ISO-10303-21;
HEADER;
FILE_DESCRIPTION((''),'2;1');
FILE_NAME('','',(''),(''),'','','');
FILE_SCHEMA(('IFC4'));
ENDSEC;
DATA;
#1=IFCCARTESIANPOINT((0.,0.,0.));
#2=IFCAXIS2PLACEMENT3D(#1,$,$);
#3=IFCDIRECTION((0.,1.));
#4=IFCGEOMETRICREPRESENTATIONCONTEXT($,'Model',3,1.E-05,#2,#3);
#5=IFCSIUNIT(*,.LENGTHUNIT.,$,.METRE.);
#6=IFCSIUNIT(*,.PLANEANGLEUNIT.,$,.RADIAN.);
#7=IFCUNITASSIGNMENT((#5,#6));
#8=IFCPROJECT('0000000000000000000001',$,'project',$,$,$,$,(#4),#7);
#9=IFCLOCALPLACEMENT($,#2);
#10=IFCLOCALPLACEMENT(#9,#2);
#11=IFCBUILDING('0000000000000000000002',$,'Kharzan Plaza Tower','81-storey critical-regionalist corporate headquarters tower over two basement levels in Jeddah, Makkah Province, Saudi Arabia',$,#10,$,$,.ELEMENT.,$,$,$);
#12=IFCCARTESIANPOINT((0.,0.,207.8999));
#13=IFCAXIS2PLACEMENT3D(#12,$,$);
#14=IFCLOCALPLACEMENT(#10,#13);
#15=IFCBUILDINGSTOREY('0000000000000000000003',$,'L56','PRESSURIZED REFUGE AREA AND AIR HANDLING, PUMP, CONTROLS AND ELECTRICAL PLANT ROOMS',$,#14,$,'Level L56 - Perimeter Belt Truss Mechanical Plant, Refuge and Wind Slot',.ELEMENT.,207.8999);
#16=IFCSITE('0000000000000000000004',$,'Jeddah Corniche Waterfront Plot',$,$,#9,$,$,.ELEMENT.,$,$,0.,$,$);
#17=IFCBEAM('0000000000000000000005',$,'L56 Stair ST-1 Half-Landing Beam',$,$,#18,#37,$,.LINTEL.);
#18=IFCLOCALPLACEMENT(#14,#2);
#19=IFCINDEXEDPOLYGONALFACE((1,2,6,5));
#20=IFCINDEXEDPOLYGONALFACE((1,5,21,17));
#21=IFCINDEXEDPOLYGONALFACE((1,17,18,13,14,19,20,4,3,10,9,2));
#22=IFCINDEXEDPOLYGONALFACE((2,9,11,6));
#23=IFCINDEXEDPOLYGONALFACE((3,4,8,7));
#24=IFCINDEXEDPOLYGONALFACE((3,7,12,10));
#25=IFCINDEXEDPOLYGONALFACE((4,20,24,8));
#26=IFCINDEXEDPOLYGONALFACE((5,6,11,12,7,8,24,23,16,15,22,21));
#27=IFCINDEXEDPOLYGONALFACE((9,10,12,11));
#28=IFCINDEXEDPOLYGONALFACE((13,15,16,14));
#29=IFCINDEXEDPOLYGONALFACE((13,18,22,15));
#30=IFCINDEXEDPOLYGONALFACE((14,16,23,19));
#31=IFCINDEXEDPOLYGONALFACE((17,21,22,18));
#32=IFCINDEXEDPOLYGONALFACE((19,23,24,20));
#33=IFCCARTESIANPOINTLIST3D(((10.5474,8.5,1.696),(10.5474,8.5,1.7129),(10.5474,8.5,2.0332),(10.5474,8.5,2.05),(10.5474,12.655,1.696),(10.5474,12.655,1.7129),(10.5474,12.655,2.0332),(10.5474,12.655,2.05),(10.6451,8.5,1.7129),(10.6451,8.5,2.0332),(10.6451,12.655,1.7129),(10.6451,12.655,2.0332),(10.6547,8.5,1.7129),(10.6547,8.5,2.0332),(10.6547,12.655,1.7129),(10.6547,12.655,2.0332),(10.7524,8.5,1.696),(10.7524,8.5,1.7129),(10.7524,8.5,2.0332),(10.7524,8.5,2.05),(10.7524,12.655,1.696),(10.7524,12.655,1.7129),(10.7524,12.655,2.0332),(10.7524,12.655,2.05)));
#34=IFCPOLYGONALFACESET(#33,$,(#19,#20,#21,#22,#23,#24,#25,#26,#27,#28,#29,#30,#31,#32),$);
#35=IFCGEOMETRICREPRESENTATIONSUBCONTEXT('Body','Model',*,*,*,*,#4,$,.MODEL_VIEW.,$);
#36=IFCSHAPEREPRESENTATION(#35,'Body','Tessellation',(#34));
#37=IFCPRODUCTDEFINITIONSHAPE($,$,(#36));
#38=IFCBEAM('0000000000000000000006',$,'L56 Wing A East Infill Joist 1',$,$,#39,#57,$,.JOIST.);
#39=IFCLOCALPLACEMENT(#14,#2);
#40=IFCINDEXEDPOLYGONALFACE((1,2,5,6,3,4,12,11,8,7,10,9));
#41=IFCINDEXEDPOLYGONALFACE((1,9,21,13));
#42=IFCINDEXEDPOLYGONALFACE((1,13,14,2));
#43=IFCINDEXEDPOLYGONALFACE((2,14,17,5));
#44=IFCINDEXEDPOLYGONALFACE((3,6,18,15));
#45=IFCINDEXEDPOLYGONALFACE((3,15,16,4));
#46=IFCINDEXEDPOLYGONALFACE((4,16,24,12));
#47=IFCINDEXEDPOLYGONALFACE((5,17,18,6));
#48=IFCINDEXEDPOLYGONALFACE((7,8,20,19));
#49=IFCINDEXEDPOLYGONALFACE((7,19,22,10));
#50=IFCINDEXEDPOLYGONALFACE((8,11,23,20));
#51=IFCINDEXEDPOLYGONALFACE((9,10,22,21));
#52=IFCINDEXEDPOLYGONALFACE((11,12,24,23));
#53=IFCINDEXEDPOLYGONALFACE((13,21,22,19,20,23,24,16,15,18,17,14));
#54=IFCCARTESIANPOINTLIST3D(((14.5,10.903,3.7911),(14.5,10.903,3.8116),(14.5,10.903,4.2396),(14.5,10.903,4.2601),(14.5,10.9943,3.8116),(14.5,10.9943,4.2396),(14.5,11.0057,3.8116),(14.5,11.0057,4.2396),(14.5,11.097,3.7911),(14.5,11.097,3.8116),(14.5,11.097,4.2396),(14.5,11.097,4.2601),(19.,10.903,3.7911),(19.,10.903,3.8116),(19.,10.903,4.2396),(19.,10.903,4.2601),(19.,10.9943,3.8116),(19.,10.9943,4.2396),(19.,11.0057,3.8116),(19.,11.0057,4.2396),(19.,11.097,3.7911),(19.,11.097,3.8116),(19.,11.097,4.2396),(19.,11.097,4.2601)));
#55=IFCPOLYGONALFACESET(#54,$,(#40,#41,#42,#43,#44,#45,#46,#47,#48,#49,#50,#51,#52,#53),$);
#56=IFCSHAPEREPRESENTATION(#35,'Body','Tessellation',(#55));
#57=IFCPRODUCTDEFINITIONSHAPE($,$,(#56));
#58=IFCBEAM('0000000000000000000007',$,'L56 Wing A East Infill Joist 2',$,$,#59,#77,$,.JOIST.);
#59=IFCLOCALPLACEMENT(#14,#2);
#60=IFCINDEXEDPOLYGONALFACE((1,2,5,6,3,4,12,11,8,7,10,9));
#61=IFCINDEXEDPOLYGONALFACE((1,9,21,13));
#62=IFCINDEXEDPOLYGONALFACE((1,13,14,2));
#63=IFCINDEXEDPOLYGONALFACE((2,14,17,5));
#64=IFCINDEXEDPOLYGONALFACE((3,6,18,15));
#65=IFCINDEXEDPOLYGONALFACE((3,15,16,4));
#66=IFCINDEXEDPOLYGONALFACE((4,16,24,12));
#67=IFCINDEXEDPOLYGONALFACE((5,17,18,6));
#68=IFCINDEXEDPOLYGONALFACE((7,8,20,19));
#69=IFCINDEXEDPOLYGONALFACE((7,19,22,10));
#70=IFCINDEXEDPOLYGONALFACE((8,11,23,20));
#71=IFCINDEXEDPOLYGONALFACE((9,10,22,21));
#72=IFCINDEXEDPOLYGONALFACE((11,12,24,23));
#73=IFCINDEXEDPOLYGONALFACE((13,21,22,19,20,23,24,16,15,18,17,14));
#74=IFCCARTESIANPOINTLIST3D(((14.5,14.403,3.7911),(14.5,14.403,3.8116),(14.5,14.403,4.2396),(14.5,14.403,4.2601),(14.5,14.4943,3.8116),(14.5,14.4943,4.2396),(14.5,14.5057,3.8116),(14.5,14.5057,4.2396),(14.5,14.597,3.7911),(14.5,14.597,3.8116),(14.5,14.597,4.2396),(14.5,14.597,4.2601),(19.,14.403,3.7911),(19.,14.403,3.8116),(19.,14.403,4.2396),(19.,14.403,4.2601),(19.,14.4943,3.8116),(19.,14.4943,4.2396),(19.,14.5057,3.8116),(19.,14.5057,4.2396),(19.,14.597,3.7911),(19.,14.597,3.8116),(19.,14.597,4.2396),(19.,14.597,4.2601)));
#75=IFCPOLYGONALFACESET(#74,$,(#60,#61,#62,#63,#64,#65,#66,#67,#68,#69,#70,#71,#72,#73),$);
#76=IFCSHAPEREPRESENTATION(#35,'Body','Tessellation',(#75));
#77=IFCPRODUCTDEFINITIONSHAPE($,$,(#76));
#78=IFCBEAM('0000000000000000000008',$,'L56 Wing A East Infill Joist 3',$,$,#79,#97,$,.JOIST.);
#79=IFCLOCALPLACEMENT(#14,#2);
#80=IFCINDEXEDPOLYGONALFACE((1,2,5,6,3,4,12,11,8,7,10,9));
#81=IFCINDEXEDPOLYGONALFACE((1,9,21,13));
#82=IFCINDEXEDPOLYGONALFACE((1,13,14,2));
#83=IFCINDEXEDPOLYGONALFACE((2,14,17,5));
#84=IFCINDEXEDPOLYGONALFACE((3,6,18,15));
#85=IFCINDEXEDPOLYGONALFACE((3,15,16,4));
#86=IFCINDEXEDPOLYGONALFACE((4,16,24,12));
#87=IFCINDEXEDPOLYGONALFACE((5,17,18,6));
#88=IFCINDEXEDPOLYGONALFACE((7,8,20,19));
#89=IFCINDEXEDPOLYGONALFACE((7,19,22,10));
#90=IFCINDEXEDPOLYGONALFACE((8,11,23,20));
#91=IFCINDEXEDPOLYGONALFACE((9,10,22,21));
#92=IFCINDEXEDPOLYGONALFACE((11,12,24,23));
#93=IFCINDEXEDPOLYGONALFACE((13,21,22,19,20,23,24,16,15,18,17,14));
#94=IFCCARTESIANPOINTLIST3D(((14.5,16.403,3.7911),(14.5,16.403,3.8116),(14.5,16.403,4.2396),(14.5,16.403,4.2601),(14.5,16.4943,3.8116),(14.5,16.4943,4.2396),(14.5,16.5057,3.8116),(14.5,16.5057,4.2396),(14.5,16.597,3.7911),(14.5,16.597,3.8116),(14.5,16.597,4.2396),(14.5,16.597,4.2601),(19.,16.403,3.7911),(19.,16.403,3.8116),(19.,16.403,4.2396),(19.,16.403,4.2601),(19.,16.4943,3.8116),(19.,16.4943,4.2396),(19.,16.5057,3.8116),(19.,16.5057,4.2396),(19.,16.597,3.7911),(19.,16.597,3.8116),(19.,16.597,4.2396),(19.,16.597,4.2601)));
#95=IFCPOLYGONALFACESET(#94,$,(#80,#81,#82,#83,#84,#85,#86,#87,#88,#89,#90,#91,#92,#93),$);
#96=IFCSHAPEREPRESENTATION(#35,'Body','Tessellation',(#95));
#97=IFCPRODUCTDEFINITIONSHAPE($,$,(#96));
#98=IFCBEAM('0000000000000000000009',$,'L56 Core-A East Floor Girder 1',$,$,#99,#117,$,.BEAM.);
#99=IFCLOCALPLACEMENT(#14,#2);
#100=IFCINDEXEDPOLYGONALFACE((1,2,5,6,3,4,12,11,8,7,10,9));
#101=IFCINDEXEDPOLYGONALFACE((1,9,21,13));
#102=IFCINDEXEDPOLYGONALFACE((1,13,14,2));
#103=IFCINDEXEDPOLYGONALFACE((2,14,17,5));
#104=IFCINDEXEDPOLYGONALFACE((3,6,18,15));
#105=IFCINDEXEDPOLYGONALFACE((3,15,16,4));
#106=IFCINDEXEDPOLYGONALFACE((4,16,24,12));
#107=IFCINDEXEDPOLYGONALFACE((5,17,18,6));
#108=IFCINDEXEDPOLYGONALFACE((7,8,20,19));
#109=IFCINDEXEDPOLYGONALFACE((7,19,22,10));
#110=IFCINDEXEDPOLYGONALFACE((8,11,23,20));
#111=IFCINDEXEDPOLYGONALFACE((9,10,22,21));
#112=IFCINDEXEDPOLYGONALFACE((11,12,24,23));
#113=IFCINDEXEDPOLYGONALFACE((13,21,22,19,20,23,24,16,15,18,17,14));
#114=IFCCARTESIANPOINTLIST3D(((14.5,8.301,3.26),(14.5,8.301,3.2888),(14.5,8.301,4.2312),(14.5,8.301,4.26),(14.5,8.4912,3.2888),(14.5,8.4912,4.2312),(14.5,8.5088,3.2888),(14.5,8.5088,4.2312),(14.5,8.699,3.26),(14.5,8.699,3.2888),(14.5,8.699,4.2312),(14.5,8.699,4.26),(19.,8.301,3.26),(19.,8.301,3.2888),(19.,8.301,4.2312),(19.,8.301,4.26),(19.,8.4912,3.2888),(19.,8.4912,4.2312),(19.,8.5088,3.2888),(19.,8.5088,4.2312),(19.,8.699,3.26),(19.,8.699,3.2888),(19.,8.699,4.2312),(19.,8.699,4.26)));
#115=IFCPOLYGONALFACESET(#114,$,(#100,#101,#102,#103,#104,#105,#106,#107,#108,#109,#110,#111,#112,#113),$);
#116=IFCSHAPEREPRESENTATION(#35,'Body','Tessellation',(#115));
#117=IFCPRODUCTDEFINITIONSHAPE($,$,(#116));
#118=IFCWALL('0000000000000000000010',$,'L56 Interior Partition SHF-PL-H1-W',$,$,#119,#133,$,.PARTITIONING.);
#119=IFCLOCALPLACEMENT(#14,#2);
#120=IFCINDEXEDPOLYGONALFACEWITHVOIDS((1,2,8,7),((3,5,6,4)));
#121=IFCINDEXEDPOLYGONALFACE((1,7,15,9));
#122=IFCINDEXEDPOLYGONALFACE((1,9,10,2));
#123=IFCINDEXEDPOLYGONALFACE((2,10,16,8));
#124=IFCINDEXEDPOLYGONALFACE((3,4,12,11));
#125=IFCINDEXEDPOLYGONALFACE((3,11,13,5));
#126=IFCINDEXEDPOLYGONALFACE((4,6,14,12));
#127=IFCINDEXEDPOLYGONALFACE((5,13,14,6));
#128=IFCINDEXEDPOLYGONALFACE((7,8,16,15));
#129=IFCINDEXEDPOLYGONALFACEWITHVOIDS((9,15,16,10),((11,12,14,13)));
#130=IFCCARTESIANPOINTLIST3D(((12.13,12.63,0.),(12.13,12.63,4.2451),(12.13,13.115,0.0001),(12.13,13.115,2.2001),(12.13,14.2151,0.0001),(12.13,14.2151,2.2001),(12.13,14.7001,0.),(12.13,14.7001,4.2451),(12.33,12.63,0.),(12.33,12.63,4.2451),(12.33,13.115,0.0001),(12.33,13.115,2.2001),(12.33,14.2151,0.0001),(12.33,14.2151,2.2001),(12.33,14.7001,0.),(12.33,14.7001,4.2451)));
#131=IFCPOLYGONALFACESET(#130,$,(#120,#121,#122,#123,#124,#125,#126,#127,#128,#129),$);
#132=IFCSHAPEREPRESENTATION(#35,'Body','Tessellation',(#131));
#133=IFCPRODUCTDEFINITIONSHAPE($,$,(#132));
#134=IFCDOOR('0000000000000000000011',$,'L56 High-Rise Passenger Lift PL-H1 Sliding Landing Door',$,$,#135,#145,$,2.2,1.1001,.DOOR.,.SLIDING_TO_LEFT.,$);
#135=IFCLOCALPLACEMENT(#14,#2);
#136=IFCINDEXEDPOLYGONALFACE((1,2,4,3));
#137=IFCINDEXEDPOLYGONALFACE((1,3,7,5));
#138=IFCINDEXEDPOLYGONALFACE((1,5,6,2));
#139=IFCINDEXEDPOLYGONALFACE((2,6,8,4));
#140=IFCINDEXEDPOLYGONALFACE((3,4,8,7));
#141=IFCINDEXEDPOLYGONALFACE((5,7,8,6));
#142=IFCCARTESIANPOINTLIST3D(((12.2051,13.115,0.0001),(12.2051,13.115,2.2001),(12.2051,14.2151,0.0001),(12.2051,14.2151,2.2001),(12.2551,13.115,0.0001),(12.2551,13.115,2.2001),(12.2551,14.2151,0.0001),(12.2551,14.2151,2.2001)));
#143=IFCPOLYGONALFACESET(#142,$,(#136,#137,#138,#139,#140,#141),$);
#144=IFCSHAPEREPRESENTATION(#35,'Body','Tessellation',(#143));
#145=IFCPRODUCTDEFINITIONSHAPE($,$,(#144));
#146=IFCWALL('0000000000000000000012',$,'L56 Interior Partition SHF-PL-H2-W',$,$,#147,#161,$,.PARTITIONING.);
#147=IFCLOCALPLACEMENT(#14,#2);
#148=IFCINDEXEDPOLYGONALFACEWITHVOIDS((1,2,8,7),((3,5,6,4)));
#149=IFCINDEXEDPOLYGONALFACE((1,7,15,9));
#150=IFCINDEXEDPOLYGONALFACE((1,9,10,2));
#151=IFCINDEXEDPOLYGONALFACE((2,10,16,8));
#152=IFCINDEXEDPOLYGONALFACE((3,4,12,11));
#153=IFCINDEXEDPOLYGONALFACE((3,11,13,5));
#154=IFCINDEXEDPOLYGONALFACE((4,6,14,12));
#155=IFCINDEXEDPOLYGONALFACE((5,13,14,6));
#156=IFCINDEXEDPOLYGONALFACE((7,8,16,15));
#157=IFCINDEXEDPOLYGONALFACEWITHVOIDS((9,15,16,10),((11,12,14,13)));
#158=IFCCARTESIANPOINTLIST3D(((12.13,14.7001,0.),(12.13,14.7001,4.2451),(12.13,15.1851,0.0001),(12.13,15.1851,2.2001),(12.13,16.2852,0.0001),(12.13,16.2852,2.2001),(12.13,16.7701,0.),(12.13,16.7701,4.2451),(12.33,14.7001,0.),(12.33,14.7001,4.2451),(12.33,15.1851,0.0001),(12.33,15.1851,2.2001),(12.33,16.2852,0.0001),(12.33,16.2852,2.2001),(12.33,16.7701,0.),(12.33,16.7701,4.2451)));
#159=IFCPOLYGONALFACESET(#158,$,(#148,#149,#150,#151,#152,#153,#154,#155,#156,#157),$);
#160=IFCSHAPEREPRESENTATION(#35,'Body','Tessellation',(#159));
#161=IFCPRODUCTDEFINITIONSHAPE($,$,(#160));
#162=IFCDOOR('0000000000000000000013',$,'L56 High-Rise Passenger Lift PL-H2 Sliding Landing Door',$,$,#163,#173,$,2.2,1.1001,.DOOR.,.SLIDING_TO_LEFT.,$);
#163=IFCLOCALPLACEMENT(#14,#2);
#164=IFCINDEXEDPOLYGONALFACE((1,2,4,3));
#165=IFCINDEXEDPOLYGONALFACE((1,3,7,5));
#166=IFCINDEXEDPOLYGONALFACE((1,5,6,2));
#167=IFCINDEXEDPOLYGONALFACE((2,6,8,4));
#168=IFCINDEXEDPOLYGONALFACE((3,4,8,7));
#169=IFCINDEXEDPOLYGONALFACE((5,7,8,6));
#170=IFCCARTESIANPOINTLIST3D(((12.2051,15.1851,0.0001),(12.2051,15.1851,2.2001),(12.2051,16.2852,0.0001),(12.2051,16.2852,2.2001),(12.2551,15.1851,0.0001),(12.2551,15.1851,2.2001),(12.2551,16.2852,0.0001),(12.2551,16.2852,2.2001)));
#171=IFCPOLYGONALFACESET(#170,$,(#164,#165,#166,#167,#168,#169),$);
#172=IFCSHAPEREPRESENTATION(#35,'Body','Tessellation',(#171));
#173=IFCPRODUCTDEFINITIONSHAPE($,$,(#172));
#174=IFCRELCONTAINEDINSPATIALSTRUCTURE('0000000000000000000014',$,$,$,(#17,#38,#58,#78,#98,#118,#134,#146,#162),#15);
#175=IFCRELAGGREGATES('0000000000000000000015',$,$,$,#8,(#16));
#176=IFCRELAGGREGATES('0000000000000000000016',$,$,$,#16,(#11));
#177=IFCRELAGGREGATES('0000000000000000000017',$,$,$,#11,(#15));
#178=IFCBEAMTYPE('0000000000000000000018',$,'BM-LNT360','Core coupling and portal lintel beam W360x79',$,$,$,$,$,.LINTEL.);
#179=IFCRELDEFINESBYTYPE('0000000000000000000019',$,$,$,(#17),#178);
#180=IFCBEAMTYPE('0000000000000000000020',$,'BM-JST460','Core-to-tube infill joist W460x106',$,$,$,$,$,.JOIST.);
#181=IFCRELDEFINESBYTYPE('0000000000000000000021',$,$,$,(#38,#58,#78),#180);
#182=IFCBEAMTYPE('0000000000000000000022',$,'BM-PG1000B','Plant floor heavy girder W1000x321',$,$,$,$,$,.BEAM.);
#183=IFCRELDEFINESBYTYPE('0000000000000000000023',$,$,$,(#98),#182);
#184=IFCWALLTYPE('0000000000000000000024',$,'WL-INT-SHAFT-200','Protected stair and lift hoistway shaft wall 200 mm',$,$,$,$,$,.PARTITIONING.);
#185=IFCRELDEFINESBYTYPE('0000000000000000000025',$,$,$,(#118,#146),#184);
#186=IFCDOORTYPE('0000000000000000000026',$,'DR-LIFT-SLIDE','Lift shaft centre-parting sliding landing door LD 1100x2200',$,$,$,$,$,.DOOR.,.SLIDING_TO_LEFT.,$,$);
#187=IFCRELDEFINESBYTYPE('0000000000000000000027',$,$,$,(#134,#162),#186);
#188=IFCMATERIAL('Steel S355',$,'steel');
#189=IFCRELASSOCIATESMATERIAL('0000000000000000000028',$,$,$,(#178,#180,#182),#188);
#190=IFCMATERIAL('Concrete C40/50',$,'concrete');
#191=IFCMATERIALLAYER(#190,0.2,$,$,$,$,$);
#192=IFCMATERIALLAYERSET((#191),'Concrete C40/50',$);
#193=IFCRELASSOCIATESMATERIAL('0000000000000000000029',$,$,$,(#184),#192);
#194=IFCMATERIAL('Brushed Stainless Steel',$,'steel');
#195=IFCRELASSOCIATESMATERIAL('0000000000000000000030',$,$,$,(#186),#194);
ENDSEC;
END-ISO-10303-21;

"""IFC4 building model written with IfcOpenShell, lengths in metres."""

from ifc_helpers import new_model, si_unit, direction, frame, frame_2d, origin, origin_2d, place, context, subcontext, project, spatial, rectangle, i_section, extrude, source, transform, mapped, material, layer, layer_set, material_profile, profile_set, type_object, element, fill, save


model = new_model("IFC4")

# Units and contexts
model_context = context("Model", 3, precision=1e-05, world=origin(), true_north=direction((0.0, 1.0)))
body_context = subcontext(model_context, "Body", "Model", "MODEL_VIEW")
ifc_project = project(units=[si_unit("LENGTHUNIT", "METRE"), si_unit("PLANEANGLEUNIT", "RADIAN")], contexts=[model_context])

# Site, building, storey
site_placement = place(None, origin())
site = spatial("IfcSite", under=ifc_project, at=site_placement, Name="Jeddah Corniche Waterfront Plot", CompositionType="ELEMENT", RefElevation=0.0)
building_placement = place(site_placement, origin())
building = spatial("IfcBuilding", under=site, at=building_placement, Name="Kharzan Plaza Tower", Description="81-storey critical-regionalist corporate headquarters tower over two basement levels in Jeddah, Makkah Province, Saudi Arabia", CompositionType="ELEMENT")
storey_placement = place(building_placement, frame((0.0, 0.0, 207.8999)))
storey = spatial("IfcBuildingStorey", under=building, at=storey_placement, Name="L56", Description="PRESSURIZED REFUGE AREA AND AIR HANDLING, PUMP, CONTROLS AND ELECTRICAL PLANT ROOMS", LongName="Level L56 - Perimeter Belt Truss Mechanical Plant, Refuge and Wind Slot", CompositionType="ELEMENT", Elevation=207.8999)

# Beams
ifc_material_1 = material(Name="Steel S355", Category="steel")
ifc_material_profile_1 = material_profile(ifc_material_1, i_section(OverallWidth=0.2051, OverallDepth=0.354, WebThickness=0.0095, FlangeThickness=0.0168, at=origin_2d()), Name="W360x79")
ifc_profile_set_1 = profile_set([ifc_material_profile_1], Name="Steel S355")
beam_type_1 = type_object("IfcBeamType", Name="BM-LNT360", Description="Core coupling and portal lintel beam W360x79", PredefinedType="LINTEL", material=ifc_profile_set_1)
shared_shape_1 = source(origin(), body_context, "Body", "SweptSolid", [
    extrude(i_section(OverallWidth=0.2051, OverallDepth=0.354, WebThickness=0.0095, FlangeThickness=0.0168, at=origin_2d()), origin(), (0.0, 0.0, 1.0), 4.155),
])
beam_1_placement = place(storey_placement, frame((10.6499, 8.5, 1.873), z_axis=(0.0, 1.0, 0.0), x_axis=(-1.0, 0.0, 0.0)))
element("IfcBeam", 1, at=beam_1_placement, inside=storey, type_object=beam_type_1, Name="L56 Stair ST-1 Half-Landing Beam", PredefinedType="LINTEL", context=body_context, shape_type="MappedRepresentation", body=[
    mapped(shared_shape_1, transform((0.0, 0.0, 0.0), x_axis=(1.0, 0.0, 0.0), y_axis=(0.0, 1.0, 0.0), z_axis=(0.0, 0.0, 1.0))),
])
ifc_material_profile_2 = material_profile(ifc_material_1, i_section(OverallWidth=0.1941, OverallDepth=0.469, WebThickness=0.0115, FlangeThickness=0.0205, at=origin_2d()), Name="W460x106")
ifc_profile_set_2 = profile_set([ifc_material_profile_2], Name="Steel S355")
beam_type_2 = type_object("IfcBeamType", Name="BM-JST460", Description="Core-to-tube infill joist W460x106", PredefinedType="JOIST", material=ifc_profile_set_2)
shared_shape_2 = source(origin(), body_context, "Body", "SweptSolid", [
    extrude(i_section(OverallWidth=0.1941, OverallDepth=0.469, WebThickness=0.0115, FlangeThickness=0.0205, at=origin_2d()), origin(), (0.0, 0.0, 1.0), 4.5),
])
for number, where, z_axis, x_axis, name in (
    (2, (14.5, 11.0, 4.0256), (1.0, 0.0, 0.0), (0.0, 1.0, 0.0), "L56 Wing A East Infill Joist 1"),
    (3, (14.5, 14.5, 4.0256), (1.0, 0.0, 0.0), (0.0, 1.0, 0.0), "L56 Wing A East Infill Joist 2"),
    (4, (14.5, 16.5, 4.0256), (1.0, 0.0, 0.0), (0.0, 1.0, 0.0), "L56 Wing A East Infill Joist 3"),
):
    element("IfcBeam", number, at=place(storey_placement, frame(where, z_axis=z_axis, x_axis=x_axis)), inside=storey, type_object=beam_type_2, Name=name, PredefinedType="JOIST", context=body_context, shape_type="MappedRepresentation", body=[
        mapped(shared_shape_2, transform((0.0, 0.0, 0.0), x_axis=(1.0, 0.0, 0.0), y_axis=(0.0, 1.0, 0.0), z_axis=(0.0, 0.0, 1.0))),
    ])
ifc_material_profile_3 = material_profile(ifc_material_1, i_section(OverallWidth=0.3979, OverallDepth=1.0, WebThickness=0.0176, FlangeThickness=0.0288, at=origin_2d()), Name="W1000x321")
ifc_profile_set_3 = profile_set([ifc_material_profile_3], Name="Steel S355")
beam_type_3 = type_object("IfcBeamType", Name="BM-PG1000B", Description="Plant floor heavy girder W1000x321", PredefinedType="BEAM", material=ifc_profile_set_3)
shared_shape_3 = source(origin(), body_context, "Body", "SweptSolid", [
    extrude(i_section(OverallWidth=0.3979, OverallDepth=1.0, WebThickness=0.0176, FlangeThickness=0.0288, at=origin_2d()), origin(), (0.0, 0.0, 1.0), 4.5),
])
beam_2_placement = place(storey_placement, frame((14.5, 8.5, 3.76), z_axis=(1.0, 0.0, 0.0), x_axis=(0.0, 1.0, 0.0)))
element("IfcBeam", 5, at=beam_2_placement, inside=storey, type_object=beam_type_3, Name="L56 Core-A East Floor Girder 1", PredefinedType="BEAM", context=body_context, shape_type="MappedRepresentation", body=[
    mapped(shared_shape_3, transform((0.0, 0.0, 0.0), x_axis=(1.0, 0.0, 0.0), y_axis=(0.0, 1.0, 0.0), z_axis=(0.0, 0.0, 1.0))),
])

# Walls, openings, doors
ifc_material_2 = material(Name="Concrete C40/50", Category="concrete")
ifc_layer_1 = layer(ifc_material_2, 0.2)
ifc_layer_set_1 = layer_set([ifc_layer_1], Name="Concrete C40/50")
wall_type_1 = type_object("IfcWallType", Name="WL-INT-SHAFT-200", Description="Protected stair and lift hoistway shaft wall 200 mm", PredefinedType="PARTITIONING", material=ifc_layer_set_1)
wall_1_placement = place(storey_placement, frame((12.23, 12.6299, 0.0), z_axis=(0.0, 0.0, 1.0), x_axis=(0.0, 1.0, 0.0)))
wall_1 = element("IfcWall", 6, at=wall_1_placement, inside=storey, type_object=wall_type_1, Name="L56 Interior Partition SHF-PL-H1-W", PredefinedType="PARTITIONING", context=body_context, shape_type="SweptSolid", body=[
    extrude(rectangle(XDim=2.0701, YDim=0.2, at=frame_2d((1.0352, 0.0))), origin(), (0.0, 0.0, 1.0), 4.2451),
])
opening_1_placement = place(wall_1_placement, frame((0.4851, 0.0, 0.0)))
opening_1 = element("IfcOpeningElement", 7, at=opening_1_placement, cuts=wall_1, PredefinedType="OPENING", context=body_context, shape_type="SweptSolid", body=[
    extrude(rectangle(XDim=1.1001, YDim=2.2, at=frame_2d((0.55, 1.1001))), frame((0.0, 0.1099, 0.0), z_axis=(0.0, -1.0, 0.0), x_axis=(1.0, 0.0, 0.0)), (0.0, 0.0, 1.0), 0.22),
])
ifc_material_3 = material(Name="Brushed Stainless Steel", Category="steel")
door_type = type_object("IfcDoorType", Name="DR-LIFT-SLIDE", Description="Lift shaft centre-parting sliding landing door LD 1100x2200", OperationType="SLIDING_TO_LEFT", PredefinedType="DOOR", material=ifc_material_3)
shared_shape_4 = source(origin(), body_context, "Body", "SweptSolid", [
    extrude(rectangle(XDim=1.1001, YDim=2.2, at=frame_2d((0.55, 1.1001))), frame((0.0, 0.0249, 0.0), z_axis=(0.0, -1.0, 0.0), x_axis=(1.0, 0.0, 0.0)), (0.0, 0.0, 1.0), 0.05),
])
door_1_placement = place(opening_1_placement, origin())
door_1 = element("IfcDoor", 8, at=door_1_placement, inside=storey, type_object=door_type, Name="L56 High-Rise Passenger Lift PL-H1 Sliding Landing Door", OperationType="SLIDING_TO_LEFT", OverallHeight=2.2, OverallWidth=1.1001, PredefinedType="DOOR", context=body_context, shape_type="MappedRepresentation", body=[
    mapped(shared_shape_4, transform((0.0, 0.0, 0.0), x_axis=(1.0, 0.0, 0.0), y_axis=(0.0, 1.0, 0.0), z_axis=(0.0, 0.0, 1.0))),
])
fill(opening_1, door_1)
wall_2_placement = place(storey_placement, frame((12.23, 14.7, 0.0), z_axis=(0.0, 0.0, 1.0), x_axis=(0.0, 1.0, 0.0)))
wall_2 = element("IfcWall", 9, at=wall_2_placement, inside=storey, type_object=wall_type_1, Name="L56 Interior Partition SHF-PL-H2-W", PredefinedType="PARTITIONING", context=body_context, shape_type="SweptSolid", body=[
    extrude(rectangle(XDim=2.0701, YDim=0.2, at=frame_2d((1.0352, 0.0))), origin(), (0.0, 0.0, 1.0), 4.2451),
])
opening_2_placement = place(wall_2_placement, frame((0.4851, 0.0, 0.0)))
opening_2 = element("IfcOpeningElement", 10, at=opening_2_placement, cuts=wall_2, PredefinedType="OPENING", context=body_context, shape_type="SweptSolid", body=[
    extrude(rectangle(XDim=1.1001, YDim=2.2, at=frame_2d((0.55, 1.1001))), frame((0.0, 0.1099, 0.0), z_axis=(0.0, -1.0, 0.0), x_axis=(1.0, 0.0, 0.0)), (0.0, 0.0, 1.0), 0.22),
])
door_2_placement = place(opening_2_placement, origin())
door_2 = element("IfcDoor", 11, at=door_2_placement, inside=storey, type_object=door_type, Name="L56 High-Rise Passenger Lift PL-H2 Sliding Landing Door", OperationType="SLIDING_TO_LEFT", OverallHeight=2.2, OverallWidth=1.1001, PredefinedType="DOOR", context=body_context, shape_type="MappedRepresentation", body=[
    mapped(shared_shape_4, transform((0.0, 0.0, 0.0), x_axis=(1.0, 0.0, 0.0), y_axis=(0.0, 1.0, 0.0), z_axis=(0.0, 0.0, 1.0))),
])
fill(opening_2, door_2)

save(model, "model.ifc")
